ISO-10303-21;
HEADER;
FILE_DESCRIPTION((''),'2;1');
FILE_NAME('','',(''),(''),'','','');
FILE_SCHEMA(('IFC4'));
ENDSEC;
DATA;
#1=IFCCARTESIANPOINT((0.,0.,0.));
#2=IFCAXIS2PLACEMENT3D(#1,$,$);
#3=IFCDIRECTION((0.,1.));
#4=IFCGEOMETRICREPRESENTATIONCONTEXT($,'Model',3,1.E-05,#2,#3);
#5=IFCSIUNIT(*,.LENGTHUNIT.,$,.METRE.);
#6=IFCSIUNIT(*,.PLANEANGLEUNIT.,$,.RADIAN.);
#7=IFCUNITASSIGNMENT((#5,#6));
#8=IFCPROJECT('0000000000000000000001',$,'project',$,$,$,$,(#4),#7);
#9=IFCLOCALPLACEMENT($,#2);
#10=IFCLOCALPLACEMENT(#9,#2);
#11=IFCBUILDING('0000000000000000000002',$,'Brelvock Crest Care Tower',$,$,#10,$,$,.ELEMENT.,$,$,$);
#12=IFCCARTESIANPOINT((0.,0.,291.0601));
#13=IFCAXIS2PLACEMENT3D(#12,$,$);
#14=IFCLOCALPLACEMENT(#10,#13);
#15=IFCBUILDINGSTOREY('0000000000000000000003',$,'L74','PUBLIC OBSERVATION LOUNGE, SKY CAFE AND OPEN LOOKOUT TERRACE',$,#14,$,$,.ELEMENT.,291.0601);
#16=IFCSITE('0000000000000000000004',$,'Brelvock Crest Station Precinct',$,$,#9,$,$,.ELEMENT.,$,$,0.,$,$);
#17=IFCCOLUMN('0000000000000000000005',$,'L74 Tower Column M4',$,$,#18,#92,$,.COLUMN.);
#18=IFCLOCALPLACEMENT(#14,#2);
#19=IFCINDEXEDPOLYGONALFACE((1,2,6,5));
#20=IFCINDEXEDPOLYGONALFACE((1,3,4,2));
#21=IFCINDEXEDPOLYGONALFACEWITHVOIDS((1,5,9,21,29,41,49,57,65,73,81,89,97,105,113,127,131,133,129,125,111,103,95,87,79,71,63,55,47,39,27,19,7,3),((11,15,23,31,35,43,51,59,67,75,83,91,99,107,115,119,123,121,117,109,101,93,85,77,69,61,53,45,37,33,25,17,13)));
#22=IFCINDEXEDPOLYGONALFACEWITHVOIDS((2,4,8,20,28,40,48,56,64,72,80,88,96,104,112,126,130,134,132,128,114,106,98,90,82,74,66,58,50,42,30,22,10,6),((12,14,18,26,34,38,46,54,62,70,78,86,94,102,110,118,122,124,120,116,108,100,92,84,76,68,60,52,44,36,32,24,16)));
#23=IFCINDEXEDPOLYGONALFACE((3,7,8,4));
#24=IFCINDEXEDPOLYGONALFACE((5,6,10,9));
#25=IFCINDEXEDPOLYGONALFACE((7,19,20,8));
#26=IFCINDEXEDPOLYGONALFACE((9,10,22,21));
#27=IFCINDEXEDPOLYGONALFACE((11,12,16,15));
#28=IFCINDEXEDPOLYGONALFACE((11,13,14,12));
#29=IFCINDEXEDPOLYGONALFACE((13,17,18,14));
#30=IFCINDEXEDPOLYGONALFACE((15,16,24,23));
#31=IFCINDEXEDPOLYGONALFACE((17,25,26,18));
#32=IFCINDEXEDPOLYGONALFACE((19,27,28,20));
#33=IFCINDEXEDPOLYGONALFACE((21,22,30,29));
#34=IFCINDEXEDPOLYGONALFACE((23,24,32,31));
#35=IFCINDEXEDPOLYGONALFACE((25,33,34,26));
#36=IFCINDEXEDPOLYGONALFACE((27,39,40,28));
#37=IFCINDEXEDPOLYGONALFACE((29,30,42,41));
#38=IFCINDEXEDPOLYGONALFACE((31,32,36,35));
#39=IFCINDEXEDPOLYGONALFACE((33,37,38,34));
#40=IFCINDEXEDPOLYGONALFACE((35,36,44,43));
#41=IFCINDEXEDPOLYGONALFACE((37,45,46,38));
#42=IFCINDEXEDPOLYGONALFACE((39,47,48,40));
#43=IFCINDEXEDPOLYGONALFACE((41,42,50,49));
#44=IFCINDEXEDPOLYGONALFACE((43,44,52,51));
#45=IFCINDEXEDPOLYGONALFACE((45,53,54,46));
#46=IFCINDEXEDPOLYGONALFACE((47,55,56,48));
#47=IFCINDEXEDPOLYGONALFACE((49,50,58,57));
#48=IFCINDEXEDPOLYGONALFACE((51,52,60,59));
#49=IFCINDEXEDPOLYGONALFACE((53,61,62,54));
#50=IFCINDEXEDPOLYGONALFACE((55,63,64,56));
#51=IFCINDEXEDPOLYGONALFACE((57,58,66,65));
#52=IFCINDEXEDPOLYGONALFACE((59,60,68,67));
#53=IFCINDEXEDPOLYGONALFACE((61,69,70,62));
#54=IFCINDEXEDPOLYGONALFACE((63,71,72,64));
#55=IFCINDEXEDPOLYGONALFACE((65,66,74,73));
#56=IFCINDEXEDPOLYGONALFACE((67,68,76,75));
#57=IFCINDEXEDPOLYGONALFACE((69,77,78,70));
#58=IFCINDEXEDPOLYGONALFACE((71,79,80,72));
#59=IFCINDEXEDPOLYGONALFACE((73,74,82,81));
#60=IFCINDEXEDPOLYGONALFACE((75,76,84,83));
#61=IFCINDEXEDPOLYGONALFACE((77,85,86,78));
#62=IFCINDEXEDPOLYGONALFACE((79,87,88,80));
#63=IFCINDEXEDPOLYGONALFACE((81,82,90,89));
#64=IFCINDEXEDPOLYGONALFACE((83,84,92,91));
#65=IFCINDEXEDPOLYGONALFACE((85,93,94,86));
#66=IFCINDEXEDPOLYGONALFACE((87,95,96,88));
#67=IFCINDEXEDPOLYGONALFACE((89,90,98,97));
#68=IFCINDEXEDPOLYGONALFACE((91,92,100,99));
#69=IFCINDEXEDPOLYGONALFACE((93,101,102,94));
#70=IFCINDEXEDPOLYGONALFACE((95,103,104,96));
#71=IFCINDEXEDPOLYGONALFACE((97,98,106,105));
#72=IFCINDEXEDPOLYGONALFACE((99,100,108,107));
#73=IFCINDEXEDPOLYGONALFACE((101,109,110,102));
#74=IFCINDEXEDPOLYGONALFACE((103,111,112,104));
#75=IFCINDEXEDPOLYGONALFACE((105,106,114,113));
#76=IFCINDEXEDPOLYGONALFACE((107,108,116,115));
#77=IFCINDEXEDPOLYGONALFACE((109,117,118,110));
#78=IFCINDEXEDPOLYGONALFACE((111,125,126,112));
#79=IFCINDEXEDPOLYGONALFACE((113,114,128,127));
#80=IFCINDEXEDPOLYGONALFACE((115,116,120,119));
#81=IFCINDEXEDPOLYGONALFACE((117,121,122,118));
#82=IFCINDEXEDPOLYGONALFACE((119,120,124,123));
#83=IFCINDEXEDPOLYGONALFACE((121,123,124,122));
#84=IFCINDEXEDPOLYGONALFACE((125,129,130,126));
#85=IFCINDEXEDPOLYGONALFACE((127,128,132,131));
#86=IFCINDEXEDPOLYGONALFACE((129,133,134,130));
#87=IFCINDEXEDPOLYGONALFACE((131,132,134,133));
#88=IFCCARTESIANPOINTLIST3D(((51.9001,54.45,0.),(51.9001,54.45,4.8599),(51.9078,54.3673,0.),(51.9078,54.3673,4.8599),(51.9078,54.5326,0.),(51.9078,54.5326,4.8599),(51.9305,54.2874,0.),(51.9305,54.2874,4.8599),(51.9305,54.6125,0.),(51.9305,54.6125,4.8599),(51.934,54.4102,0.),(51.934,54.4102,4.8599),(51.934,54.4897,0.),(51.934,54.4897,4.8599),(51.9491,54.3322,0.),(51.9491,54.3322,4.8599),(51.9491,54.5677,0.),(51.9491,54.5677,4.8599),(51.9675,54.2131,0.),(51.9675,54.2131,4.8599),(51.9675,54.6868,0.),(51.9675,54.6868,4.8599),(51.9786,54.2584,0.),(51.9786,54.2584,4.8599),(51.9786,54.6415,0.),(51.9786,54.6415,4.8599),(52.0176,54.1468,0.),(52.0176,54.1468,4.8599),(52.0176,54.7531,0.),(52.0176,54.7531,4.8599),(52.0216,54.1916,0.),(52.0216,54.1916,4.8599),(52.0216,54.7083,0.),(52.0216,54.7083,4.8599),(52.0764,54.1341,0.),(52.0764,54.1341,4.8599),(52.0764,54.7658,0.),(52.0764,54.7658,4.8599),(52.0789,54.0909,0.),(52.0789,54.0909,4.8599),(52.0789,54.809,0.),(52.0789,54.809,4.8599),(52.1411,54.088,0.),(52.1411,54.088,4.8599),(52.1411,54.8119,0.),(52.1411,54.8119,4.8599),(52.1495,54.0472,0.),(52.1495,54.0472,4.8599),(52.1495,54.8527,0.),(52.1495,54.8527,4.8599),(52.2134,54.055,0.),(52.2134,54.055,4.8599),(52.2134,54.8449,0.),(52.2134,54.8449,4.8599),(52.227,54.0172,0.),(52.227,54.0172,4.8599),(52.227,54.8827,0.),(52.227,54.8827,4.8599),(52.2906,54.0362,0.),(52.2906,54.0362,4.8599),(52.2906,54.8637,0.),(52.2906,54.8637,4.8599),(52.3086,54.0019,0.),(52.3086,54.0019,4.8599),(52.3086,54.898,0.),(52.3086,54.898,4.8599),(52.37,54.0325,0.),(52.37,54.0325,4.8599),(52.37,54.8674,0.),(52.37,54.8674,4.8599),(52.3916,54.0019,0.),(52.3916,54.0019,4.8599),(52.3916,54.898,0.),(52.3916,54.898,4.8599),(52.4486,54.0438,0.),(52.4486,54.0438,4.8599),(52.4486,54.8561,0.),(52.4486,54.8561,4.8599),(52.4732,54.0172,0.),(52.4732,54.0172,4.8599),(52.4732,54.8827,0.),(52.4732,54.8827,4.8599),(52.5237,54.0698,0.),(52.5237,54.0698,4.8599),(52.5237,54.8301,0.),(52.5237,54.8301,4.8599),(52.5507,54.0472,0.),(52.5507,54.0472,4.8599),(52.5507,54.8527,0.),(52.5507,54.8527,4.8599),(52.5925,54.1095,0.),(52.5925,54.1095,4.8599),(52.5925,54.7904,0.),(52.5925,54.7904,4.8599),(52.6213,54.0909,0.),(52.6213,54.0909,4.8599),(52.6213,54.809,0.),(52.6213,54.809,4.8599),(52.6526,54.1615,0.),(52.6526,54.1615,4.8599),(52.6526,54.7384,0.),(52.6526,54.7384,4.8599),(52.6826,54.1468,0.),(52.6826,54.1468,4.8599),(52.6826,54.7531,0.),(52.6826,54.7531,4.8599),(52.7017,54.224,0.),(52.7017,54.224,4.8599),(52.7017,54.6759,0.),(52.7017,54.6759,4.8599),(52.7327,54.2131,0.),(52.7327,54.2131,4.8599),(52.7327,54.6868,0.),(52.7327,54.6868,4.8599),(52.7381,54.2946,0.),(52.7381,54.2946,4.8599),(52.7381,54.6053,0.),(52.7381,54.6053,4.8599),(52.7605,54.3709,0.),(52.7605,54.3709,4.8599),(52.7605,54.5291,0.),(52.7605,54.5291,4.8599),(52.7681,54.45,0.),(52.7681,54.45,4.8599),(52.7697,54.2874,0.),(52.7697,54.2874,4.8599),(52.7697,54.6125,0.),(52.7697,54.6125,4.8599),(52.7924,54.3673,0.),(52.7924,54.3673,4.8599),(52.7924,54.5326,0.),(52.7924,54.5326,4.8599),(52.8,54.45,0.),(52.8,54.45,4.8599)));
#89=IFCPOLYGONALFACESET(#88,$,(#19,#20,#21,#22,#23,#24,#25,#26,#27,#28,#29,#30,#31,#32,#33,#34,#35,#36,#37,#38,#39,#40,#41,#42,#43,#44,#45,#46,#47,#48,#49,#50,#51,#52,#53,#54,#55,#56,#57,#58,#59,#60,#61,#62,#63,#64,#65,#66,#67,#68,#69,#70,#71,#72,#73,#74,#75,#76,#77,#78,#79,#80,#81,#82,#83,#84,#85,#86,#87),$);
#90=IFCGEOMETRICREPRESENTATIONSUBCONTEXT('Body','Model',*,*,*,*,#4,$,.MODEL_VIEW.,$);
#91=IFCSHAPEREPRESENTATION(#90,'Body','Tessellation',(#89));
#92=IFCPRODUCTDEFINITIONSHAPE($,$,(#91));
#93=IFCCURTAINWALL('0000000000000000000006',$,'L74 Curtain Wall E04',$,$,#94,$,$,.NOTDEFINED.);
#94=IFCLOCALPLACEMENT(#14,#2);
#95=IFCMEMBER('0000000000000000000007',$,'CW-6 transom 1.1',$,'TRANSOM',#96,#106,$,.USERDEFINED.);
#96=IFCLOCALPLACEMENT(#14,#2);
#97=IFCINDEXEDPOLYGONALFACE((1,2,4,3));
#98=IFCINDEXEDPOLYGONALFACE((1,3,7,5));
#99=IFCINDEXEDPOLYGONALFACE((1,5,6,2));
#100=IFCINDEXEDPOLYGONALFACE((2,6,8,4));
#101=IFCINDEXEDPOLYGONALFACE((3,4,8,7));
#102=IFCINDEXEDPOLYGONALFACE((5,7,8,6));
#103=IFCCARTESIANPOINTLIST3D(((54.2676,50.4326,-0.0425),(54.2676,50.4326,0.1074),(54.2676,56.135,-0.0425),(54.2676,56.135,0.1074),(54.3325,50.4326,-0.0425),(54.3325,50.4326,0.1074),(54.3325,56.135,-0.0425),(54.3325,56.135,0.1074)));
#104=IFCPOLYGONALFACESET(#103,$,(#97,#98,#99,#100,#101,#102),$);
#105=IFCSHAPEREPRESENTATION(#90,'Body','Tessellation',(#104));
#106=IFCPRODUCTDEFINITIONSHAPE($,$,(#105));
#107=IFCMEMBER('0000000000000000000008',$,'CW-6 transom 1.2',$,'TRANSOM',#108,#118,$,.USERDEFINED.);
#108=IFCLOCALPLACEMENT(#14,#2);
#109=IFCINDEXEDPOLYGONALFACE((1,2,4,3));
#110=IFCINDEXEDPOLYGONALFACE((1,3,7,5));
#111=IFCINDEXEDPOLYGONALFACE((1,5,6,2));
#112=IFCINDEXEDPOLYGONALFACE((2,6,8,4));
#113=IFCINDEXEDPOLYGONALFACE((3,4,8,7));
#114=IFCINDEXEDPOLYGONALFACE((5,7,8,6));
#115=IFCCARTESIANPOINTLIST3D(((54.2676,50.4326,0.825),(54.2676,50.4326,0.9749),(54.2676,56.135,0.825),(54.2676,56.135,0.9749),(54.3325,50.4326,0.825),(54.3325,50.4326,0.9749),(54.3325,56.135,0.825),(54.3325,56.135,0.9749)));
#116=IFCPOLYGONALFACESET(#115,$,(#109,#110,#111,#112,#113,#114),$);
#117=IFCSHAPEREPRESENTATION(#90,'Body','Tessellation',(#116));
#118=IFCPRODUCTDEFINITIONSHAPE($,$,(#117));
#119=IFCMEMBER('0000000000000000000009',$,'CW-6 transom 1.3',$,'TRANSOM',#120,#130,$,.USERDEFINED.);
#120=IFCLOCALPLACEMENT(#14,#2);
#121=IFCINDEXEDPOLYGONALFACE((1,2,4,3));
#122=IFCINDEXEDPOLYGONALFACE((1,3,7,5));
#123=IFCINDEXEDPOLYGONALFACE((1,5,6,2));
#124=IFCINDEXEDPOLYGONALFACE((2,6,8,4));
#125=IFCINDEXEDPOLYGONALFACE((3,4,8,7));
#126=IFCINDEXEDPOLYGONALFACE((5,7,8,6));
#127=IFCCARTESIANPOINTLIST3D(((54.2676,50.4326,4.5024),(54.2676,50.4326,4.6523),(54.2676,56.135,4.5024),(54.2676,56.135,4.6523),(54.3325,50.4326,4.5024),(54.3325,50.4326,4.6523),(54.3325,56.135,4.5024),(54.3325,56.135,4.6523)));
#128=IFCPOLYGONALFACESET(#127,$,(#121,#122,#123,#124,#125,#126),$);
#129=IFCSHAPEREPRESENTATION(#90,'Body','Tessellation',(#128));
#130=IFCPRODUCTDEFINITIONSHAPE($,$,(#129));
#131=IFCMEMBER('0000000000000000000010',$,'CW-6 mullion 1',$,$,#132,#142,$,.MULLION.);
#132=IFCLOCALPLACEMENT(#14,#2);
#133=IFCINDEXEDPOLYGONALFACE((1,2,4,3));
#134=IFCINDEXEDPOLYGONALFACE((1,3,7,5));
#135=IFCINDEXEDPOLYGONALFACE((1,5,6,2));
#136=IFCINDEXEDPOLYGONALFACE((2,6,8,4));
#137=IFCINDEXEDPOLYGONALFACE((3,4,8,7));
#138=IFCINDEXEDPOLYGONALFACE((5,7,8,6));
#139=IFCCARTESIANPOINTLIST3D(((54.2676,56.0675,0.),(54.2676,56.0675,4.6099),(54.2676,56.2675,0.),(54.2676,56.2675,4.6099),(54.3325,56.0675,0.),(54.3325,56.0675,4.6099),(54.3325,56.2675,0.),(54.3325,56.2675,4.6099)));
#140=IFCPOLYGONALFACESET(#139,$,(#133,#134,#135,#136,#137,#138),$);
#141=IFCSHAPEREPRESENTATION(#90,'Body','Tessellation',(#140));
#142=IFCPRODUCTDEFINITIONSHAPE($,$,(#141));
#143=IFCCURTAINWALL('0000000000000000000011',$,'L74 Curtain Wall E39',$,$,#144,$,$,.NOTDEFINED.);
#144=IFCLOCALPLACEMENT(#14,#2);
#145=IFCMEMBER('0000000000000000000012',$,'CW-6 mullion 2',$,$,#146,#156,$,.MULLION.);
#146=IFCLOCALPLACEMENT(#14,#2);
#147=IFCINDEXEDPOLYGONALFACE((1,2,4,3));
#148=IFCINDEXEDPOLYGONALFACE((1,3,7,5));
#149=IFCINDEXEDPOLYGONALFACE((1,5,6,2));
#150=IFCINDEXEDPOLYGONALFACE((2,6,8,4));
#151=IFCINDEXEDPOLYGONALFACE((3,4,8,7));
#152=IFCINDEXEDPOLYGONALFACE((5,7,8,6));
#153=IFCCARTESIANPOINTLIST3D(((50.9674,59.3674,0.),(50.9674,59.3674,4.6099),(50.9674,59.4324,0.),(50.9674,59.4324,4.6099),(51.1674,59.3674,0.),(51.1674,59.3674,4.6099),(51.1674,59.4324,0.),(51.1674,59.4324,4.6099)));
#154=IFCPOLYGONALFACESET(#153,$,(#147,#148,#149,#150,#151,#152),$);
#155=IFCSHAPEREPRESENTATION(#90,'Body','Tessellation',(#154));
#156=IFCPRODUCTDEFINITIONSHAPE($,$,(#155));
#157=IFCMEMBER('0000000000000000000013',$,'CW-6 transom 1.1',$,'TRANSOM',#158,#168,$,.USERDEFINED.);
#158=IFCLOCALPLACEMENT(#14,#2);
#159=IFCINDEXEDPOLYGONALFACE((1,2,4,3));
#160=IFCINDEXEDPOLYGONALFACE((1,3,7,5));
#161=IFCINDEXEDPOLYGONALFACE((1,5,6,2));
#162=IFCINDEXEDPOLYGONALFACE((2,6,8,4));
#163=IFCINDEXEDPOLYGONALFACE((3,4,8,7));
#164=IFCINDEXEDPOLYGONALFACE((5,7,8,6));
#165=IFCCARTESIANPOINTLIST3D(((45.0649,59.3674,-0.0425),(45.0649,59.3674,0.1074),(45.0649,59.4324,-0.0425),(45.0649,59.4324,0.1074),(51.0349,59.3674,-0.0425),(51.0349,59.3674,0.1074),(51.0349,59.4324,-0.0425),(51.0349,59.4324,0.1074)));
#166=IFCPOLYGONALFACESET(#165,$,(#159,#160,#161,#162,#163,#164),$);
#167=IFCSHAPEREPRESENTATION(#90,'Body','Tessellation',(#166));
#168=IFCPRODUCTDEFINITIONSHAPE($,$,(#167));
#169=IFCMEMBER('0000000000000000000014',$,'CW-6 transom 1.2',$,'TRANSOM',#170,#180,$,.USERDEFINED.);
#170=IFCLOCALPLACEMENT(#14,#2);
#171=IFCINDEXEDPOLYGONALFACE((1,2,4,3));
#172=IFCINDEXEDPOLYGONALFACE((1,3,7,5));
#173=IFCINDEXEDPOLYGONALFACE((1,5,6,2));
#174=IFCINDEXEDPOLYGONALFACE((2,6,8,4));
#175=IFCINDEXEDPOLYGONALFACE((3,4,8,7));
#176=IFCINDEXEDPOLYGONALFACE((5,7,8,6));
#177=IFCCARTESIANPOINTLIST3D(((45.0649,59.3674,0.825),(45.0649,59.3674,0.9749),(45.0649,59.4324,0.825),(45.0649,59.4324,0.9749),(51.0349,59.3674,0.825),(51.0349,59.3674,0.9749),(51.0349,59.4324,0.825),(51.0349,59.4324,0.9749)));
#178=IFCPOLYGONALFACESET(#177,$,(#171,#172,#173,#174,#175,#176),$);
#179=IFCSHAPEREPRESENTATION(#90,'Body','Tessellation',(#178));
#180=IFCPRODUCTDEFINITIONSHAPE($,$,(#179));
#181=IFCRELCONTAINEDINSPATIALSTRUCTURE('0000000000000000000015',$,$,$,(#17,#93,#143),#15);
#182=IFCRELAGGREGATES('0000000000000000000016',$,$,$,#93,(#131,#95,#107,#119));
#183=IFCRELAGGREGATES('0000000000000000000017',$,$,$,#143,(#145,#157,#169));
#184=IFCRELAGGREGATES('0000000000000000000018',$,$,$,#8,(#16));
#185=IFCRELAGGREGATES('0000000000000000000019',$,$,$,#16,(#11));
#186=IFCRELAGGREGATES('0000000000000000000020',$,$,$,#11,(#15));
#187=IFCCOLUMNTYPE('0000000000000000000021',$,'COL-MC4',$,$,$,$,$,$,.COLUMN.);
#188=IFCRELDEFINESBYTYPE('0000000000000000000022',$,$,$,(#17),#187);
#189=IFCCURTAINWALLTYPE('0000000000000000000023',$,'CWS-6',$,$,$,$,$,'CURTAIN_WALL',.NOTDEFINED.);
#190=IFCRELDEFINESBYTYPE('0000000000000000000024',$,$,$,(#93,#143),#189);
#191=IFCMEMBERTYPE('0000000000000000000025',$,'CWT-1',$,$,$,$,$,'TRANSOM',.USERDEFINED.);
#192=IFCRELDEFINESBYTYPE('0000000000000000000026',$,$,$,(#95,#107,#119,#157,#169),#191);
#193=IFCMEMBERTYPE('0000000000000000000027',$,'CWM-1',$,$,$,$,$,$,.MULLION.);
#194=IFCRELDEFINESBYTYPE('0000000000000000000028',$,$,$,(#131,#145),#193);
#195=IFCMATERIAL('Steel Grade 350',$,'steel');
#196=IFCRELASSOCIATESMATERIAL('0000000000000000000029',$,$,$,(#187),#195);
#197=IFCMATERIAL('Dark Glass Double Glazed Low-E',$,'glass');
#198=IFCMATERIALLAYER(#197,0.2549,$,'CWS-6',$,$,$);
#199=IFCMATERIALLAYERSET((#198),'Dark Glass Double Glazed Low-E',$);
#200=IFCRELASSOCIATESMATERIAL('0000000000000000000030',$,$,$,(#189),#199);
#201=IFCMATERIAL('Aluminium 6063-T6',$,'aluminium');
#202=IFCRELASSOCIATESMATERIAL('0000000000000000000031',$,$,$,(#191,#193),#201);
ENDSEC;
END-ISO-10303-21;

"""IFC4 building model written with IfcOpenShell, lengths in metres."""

from ifc_helpers import new_model, si_unit, direction, frame, origin, origin_2d, place, context, subcontext, project, spatial, rectangle, hollow_circle, extrude, source, transform, mapped, material, layer, layer_set, material_profile, profile_set, type_object, element, aggregate, save


model = new_model("IFC4")

# Units and contexts
model_context = context("Model", 3, precision=1e-05, world=origin(), true_north=direction((0.0, 1.0)))
body_context = subcontext(model_context, "Body", "Model", "MODEL_VIEW")
ifc_project = project(units=[si_unit("LENGTHUNIT", "METRE"), si_unit("PLANEANGLEUNIT", "RADIAN")], contexts=[model_context])

# Site, building, storey
site_placement = place(None, origin())
site = spatial("IfcSite", under=ifc_project, at=site_placement, Name="Brelvock Crest Station Precinct", CompositionType="ELEMENT", RefElevation=0.0)
building_placement = place(site_placement, origin())
building = spatial("IfcBuilding", under=site, at=building_placement, Name="Brelvock Crest Care Tower", CompositionType="ELEMENT")
storey_placement = place(building_placement, frame((0.0, 0.0, 291.0601)))
storey = spatial("IfcBuildingStorey", under=building, at=storey_placement, Name="L74", Description="PUBLIC OBSERVATION LOUNGE, SKY CAFE AND OPEN LOOKOUT TERRACE", CompositionType="ELEMENT", Elevation=291.0601)

# Column
ifc_material_1 = material(Name="Steel Grade 350", Category="steel")
ifc_material_profile_1 = material_profile(ifc_material_1, hollow_circle(Radius=0.45, WallThickness=0.032, at=origin_2d()), Name="CFT900x32")
ifc_profile_set_1 = profile_set([ifc_material_profile_1], Name="Steel Grade 350")
column_type = type_object("IfcColumnType", Name="COL-MC4", PredefinedType="COLUMN", material=ifc_profile_set_1)
shared_shape_1 = source(origin(), body_context, "Body", "SweptSolid", [
    extrude(hollow_circle(Radius=0.45, WallThickness=0.032, at=origin_2d()), origin(), (0.0, 0.0, 1.0), 4.8599),
])
column_placement = place(storey_placement, frame((52.3501, 54.45, 0.0), z_axis=(0.0, 0.0, 1.0), x_axis=(1.0, 0.0, 0.0)))
element("IfcColumn", 1, at=column_placement, inside=storey, type_object=column_type, Name="L74 Tower Column M4", PredefinedType="COLUMN", context=body_context, shape_type="MappedRepresentation", body=[
    mapped(shared_shape_1, transform((0.0, 0.0, 0.0), x_axis=(1.0, 0.0, 0.0), y_axis=(0.0, 1.0, 0.0), z_axis=(0.0, 0.0, 1.0), scale=1.0)),
])

# Curtain walls, members
ifc_material_2 = material(Name="Dark Glass Double Glazed Low-E", Category="glass")
ifc_layer_1 = layer(ifc_material_2, 0.2549, Name="CWS-6")
ifc_layer_set_1 = layer_set([ifc_layer_1], Name="Dark Glass Double Glazed Low-E")
curtain_wall_type = type_object("IfcCurtainWallType", Name="CWS-6", ElementType="CURTAIN_WALL", PredefinedType="NOTDEFINED", material=ifc_layer_set_1)
curtain_wall_1_placement = place(storey_placement, origin())
curtain_wall_1 = element("IfcCurtainWall", 2, at=curtain_wall_1_placement, inside=storey, type_object=curtain_wall_type, Name="L74 Curtain Wall E04", PredefinedType="NOTDEFINED")
ifc_material_3 = material(Name="Aluminium 6063-T6", Category="aluminium")
ifc_material_profile_2 = material_profile(ifc_material_3, rectangle(XDim=0.0649, YDim=0.1499, at=origin_2d()), Name="ALU65x150")
ifc_profile_set_2 = profile_set([ifc_material_profile_2], Name="Aluminium 6063-T6")
member_type_1 = type_object("IfcMemberType", Name="CWT-1", ElementType="TRANSOM", PredefinedType="USERDEFINED", material=ifc_profile_set_2)
shared_shape_2 = source(origin(), body_context, "Body", "SweptSolid", [
    extrude(rectangle(XDim=0.0649, YDim=0.1499, at=origin_2d()), origin(), (0.0, 0.0, 1.0), 5.7024),
])
member_1_placement = place(storey_placement, frame((54.3, 56.135, 0.0325), z_axis=(0.0, -1.0, 0.0), x_axis=(1.0, 0.0, 0.0)))
member_1 = element("IfcMember", 3, at=member_1_placement, type_object=member_type_1, Name="CW-6 transom 1.1", ObjectType="TRANSOM", PredefinedType="USERDEFINED", context=body_context, shape_type="MappedRepresentation", body=[
    mapped(shared_shape_2, transform((0.0, 0.0, 0.0), x_axis=(1.0, 0.0, 0.0), y_axis=(0.0, 1.0, 0.0), z_axis=(0.0, 0.0, 1.0), scale=1.0)),
])
member_2_placement = place(storey_placement, frame((54.3, 56.135, 0.8999), z_axis=(0.0, -1.0, 0.0), x_axis=(1.0, 0.0, 0.0)))
member_2 = element("IfcMember", 4, at=member_2_placement, type_object=member_type_1, Name="CW-6 transom 1.2", ObjectType="TRANSOM", PredefinedType="USERDEFINED", context=body_context, shape_type="MappedRepresentation", body=[
    mapped(shared_shape_2, transform((0.0, 0.0, 0.0), x_axis=(1.0, 0.0, 0.0), y_axis=(0.0, 1.0, 0.0), z_axis=(0.0, 0.0, 1.0), scale=1.0)),
])
member_3_placement = place(storey_placement, frame((54.3, 56.135, 4.5774), z_axis=(0.0, -1.0, 0.0), x_axis=(1.0, 0.0, 0.0)))
member_3 = element("IfcMember", 5, at=member_3_placement, type_object=member_type_1, Name="CW-6 transom 1.3", ObjectType="TRANSOM", PredefinedType="USERDEFINED", context=body_context, shape_type="MappedRepresentation", body=[
    mapped(shared_shape_2, transform((0.0, 0.0, 0.0), x_axis=(1.0, 0.0, 0.0), y_axis=(0.0, 1.0, 0.0), z_axis=(0.0, 0.0, 1.0), scale=1.0)),
])
ifc_material_profile_3 = material_profile(ifc_material_3, rectangle(XDim=0.0649, YDim=0.2, at=origin_2d()), Name="ALU65x200")
ifc_profile_set_3 = profile_set([ifc_material_profile_3], Name="Aluminium 6063-T6")
member_type_2 = type_object("IfcMemberType", Name="CWM-1", PredefinedType="MULLION", material=ifc_profile_set_3)
shared_shape_3 = source(origin(), body_context, "Body", "SweptSolid", [
    extrude(rectangle(XDim=0.0649, YDim=0.2, at=origin_2d()), origin(), (0.0, 0.0, 1.0), 4.6099),
])
member_4_placement = place(storey_placement, frame((54.3, 56.1675, 0.0), z_axis=(0.0, 0.0, 1.0), x_axis=(1.0, 0.0, 0.0)))
member_4 = element("IfcMember", 6, at=member_4_placement, type_object=member_type_2, Name="CW-6 mullion 1", PredefinedType="MULLION", context=body_context, shape_type="MappedRepresentation", body=[
    mapped(shared_shape_3, transform((0.0, 0.0, 0.0), x_axis=(1.0, 0.0, 0.0), y_axis=(0.0, 1.0, 0.0), z_axis=(0.0, 0.0, 1.0), scale=1.0)),
])
curtain_wall_2_placement = place(storey_placement, origin())
curtain_wall_2 = element("IfcCurtainWall", 7, at=curtain_wall_2_placement, inside=storey, type_object=curtain_wall_type, Name="L74 Curtain Wall E39", PredefinedType="NOTDEFINED")
member_5_placement = place(storey_placement, frame((51.0674, 59.3999, 0.0), z_axis=(0.0, 0.0, 1.0), x_axis=(0.0, 1.0, 0.0)))
member_5 = element("IfcMember", 8, at=member_5_placement, type_object=member_type_2, Name="CW-6 mullion 2", PredefinedType="MULLION", context=body_context, shape_type="MappedRepresentation", body=[
    mapped(shared_shape_3, transform((0.0, 0.0, 0.0), x_axis=(1.0, 0.0, 0.0), y_axis=(0.0, 1.0, 0.0), z_axis=(0.0, 0.0, 1.0), scale=1.0)),
])
shared_shape_4 = source(origin(), body_context, "Body", "SweptSolid", [
    extrude(rectangle(XDim=0.0649, YDim=0.1499, at=origin_2d()), origin(), (0.0, 0.0, 1.0), 5.97),
])
member_6_placement = place(storey_placement, frame((45.0649, 59.3999, 0.0325), z_axis=(1.0, 0.0, 0.0), x_axis=(0.0, 1.0, 0.0)))
member_6 = element("IfcMember", 9, at=member_6_placement, type_object=member_type_1, Name="CW-6 transom 1.1", ObjectType="TRANSOM", PredefinedType="USERDEFINED", context=body_context, shape_type="MappedRepresentation", body=[
    mapped(shared_shape_4, transform((0.0, 0.0, 0.0), x_axis=(1.0, 0.0, 0.0), y_axis=(0.0, 1.0, 0.0), z_axis=(0.0, 0.0, 1.0), scale=1.0)),
])
member_7_placement = place(storey_placement, frame((45.0649, 59.3999, 0.8999), z_axis=(1.0, 0.0, 0.0), x_axis=(0.0, 1.0, 0.0)))
member_7 = element("IfcMember", 10, at=member_7_placement, type_object=member_type_1, Name="CW-6 transom 1.2", ObjectType="TRANSOM", PredefinedType="USERDEFINED", context=body_context, shape_type="MappedRepresentation", body=[
    mapped(shared_shape_4, transform((0.0, 0.0, 0.0), x_axis=(1.0, 0.0, 0.0), y_axis=(0.0, 1.0, 0.0), z_axis=(0.0, 0.0, 1.0), scale=1.0)),
])

aggregate(curtain_wall_1, [member_4, member_1, member_2, member_3])
aggregate(curtain_wall_2, [member_5, member_6, member_7])

save(model, "model.ifc")
